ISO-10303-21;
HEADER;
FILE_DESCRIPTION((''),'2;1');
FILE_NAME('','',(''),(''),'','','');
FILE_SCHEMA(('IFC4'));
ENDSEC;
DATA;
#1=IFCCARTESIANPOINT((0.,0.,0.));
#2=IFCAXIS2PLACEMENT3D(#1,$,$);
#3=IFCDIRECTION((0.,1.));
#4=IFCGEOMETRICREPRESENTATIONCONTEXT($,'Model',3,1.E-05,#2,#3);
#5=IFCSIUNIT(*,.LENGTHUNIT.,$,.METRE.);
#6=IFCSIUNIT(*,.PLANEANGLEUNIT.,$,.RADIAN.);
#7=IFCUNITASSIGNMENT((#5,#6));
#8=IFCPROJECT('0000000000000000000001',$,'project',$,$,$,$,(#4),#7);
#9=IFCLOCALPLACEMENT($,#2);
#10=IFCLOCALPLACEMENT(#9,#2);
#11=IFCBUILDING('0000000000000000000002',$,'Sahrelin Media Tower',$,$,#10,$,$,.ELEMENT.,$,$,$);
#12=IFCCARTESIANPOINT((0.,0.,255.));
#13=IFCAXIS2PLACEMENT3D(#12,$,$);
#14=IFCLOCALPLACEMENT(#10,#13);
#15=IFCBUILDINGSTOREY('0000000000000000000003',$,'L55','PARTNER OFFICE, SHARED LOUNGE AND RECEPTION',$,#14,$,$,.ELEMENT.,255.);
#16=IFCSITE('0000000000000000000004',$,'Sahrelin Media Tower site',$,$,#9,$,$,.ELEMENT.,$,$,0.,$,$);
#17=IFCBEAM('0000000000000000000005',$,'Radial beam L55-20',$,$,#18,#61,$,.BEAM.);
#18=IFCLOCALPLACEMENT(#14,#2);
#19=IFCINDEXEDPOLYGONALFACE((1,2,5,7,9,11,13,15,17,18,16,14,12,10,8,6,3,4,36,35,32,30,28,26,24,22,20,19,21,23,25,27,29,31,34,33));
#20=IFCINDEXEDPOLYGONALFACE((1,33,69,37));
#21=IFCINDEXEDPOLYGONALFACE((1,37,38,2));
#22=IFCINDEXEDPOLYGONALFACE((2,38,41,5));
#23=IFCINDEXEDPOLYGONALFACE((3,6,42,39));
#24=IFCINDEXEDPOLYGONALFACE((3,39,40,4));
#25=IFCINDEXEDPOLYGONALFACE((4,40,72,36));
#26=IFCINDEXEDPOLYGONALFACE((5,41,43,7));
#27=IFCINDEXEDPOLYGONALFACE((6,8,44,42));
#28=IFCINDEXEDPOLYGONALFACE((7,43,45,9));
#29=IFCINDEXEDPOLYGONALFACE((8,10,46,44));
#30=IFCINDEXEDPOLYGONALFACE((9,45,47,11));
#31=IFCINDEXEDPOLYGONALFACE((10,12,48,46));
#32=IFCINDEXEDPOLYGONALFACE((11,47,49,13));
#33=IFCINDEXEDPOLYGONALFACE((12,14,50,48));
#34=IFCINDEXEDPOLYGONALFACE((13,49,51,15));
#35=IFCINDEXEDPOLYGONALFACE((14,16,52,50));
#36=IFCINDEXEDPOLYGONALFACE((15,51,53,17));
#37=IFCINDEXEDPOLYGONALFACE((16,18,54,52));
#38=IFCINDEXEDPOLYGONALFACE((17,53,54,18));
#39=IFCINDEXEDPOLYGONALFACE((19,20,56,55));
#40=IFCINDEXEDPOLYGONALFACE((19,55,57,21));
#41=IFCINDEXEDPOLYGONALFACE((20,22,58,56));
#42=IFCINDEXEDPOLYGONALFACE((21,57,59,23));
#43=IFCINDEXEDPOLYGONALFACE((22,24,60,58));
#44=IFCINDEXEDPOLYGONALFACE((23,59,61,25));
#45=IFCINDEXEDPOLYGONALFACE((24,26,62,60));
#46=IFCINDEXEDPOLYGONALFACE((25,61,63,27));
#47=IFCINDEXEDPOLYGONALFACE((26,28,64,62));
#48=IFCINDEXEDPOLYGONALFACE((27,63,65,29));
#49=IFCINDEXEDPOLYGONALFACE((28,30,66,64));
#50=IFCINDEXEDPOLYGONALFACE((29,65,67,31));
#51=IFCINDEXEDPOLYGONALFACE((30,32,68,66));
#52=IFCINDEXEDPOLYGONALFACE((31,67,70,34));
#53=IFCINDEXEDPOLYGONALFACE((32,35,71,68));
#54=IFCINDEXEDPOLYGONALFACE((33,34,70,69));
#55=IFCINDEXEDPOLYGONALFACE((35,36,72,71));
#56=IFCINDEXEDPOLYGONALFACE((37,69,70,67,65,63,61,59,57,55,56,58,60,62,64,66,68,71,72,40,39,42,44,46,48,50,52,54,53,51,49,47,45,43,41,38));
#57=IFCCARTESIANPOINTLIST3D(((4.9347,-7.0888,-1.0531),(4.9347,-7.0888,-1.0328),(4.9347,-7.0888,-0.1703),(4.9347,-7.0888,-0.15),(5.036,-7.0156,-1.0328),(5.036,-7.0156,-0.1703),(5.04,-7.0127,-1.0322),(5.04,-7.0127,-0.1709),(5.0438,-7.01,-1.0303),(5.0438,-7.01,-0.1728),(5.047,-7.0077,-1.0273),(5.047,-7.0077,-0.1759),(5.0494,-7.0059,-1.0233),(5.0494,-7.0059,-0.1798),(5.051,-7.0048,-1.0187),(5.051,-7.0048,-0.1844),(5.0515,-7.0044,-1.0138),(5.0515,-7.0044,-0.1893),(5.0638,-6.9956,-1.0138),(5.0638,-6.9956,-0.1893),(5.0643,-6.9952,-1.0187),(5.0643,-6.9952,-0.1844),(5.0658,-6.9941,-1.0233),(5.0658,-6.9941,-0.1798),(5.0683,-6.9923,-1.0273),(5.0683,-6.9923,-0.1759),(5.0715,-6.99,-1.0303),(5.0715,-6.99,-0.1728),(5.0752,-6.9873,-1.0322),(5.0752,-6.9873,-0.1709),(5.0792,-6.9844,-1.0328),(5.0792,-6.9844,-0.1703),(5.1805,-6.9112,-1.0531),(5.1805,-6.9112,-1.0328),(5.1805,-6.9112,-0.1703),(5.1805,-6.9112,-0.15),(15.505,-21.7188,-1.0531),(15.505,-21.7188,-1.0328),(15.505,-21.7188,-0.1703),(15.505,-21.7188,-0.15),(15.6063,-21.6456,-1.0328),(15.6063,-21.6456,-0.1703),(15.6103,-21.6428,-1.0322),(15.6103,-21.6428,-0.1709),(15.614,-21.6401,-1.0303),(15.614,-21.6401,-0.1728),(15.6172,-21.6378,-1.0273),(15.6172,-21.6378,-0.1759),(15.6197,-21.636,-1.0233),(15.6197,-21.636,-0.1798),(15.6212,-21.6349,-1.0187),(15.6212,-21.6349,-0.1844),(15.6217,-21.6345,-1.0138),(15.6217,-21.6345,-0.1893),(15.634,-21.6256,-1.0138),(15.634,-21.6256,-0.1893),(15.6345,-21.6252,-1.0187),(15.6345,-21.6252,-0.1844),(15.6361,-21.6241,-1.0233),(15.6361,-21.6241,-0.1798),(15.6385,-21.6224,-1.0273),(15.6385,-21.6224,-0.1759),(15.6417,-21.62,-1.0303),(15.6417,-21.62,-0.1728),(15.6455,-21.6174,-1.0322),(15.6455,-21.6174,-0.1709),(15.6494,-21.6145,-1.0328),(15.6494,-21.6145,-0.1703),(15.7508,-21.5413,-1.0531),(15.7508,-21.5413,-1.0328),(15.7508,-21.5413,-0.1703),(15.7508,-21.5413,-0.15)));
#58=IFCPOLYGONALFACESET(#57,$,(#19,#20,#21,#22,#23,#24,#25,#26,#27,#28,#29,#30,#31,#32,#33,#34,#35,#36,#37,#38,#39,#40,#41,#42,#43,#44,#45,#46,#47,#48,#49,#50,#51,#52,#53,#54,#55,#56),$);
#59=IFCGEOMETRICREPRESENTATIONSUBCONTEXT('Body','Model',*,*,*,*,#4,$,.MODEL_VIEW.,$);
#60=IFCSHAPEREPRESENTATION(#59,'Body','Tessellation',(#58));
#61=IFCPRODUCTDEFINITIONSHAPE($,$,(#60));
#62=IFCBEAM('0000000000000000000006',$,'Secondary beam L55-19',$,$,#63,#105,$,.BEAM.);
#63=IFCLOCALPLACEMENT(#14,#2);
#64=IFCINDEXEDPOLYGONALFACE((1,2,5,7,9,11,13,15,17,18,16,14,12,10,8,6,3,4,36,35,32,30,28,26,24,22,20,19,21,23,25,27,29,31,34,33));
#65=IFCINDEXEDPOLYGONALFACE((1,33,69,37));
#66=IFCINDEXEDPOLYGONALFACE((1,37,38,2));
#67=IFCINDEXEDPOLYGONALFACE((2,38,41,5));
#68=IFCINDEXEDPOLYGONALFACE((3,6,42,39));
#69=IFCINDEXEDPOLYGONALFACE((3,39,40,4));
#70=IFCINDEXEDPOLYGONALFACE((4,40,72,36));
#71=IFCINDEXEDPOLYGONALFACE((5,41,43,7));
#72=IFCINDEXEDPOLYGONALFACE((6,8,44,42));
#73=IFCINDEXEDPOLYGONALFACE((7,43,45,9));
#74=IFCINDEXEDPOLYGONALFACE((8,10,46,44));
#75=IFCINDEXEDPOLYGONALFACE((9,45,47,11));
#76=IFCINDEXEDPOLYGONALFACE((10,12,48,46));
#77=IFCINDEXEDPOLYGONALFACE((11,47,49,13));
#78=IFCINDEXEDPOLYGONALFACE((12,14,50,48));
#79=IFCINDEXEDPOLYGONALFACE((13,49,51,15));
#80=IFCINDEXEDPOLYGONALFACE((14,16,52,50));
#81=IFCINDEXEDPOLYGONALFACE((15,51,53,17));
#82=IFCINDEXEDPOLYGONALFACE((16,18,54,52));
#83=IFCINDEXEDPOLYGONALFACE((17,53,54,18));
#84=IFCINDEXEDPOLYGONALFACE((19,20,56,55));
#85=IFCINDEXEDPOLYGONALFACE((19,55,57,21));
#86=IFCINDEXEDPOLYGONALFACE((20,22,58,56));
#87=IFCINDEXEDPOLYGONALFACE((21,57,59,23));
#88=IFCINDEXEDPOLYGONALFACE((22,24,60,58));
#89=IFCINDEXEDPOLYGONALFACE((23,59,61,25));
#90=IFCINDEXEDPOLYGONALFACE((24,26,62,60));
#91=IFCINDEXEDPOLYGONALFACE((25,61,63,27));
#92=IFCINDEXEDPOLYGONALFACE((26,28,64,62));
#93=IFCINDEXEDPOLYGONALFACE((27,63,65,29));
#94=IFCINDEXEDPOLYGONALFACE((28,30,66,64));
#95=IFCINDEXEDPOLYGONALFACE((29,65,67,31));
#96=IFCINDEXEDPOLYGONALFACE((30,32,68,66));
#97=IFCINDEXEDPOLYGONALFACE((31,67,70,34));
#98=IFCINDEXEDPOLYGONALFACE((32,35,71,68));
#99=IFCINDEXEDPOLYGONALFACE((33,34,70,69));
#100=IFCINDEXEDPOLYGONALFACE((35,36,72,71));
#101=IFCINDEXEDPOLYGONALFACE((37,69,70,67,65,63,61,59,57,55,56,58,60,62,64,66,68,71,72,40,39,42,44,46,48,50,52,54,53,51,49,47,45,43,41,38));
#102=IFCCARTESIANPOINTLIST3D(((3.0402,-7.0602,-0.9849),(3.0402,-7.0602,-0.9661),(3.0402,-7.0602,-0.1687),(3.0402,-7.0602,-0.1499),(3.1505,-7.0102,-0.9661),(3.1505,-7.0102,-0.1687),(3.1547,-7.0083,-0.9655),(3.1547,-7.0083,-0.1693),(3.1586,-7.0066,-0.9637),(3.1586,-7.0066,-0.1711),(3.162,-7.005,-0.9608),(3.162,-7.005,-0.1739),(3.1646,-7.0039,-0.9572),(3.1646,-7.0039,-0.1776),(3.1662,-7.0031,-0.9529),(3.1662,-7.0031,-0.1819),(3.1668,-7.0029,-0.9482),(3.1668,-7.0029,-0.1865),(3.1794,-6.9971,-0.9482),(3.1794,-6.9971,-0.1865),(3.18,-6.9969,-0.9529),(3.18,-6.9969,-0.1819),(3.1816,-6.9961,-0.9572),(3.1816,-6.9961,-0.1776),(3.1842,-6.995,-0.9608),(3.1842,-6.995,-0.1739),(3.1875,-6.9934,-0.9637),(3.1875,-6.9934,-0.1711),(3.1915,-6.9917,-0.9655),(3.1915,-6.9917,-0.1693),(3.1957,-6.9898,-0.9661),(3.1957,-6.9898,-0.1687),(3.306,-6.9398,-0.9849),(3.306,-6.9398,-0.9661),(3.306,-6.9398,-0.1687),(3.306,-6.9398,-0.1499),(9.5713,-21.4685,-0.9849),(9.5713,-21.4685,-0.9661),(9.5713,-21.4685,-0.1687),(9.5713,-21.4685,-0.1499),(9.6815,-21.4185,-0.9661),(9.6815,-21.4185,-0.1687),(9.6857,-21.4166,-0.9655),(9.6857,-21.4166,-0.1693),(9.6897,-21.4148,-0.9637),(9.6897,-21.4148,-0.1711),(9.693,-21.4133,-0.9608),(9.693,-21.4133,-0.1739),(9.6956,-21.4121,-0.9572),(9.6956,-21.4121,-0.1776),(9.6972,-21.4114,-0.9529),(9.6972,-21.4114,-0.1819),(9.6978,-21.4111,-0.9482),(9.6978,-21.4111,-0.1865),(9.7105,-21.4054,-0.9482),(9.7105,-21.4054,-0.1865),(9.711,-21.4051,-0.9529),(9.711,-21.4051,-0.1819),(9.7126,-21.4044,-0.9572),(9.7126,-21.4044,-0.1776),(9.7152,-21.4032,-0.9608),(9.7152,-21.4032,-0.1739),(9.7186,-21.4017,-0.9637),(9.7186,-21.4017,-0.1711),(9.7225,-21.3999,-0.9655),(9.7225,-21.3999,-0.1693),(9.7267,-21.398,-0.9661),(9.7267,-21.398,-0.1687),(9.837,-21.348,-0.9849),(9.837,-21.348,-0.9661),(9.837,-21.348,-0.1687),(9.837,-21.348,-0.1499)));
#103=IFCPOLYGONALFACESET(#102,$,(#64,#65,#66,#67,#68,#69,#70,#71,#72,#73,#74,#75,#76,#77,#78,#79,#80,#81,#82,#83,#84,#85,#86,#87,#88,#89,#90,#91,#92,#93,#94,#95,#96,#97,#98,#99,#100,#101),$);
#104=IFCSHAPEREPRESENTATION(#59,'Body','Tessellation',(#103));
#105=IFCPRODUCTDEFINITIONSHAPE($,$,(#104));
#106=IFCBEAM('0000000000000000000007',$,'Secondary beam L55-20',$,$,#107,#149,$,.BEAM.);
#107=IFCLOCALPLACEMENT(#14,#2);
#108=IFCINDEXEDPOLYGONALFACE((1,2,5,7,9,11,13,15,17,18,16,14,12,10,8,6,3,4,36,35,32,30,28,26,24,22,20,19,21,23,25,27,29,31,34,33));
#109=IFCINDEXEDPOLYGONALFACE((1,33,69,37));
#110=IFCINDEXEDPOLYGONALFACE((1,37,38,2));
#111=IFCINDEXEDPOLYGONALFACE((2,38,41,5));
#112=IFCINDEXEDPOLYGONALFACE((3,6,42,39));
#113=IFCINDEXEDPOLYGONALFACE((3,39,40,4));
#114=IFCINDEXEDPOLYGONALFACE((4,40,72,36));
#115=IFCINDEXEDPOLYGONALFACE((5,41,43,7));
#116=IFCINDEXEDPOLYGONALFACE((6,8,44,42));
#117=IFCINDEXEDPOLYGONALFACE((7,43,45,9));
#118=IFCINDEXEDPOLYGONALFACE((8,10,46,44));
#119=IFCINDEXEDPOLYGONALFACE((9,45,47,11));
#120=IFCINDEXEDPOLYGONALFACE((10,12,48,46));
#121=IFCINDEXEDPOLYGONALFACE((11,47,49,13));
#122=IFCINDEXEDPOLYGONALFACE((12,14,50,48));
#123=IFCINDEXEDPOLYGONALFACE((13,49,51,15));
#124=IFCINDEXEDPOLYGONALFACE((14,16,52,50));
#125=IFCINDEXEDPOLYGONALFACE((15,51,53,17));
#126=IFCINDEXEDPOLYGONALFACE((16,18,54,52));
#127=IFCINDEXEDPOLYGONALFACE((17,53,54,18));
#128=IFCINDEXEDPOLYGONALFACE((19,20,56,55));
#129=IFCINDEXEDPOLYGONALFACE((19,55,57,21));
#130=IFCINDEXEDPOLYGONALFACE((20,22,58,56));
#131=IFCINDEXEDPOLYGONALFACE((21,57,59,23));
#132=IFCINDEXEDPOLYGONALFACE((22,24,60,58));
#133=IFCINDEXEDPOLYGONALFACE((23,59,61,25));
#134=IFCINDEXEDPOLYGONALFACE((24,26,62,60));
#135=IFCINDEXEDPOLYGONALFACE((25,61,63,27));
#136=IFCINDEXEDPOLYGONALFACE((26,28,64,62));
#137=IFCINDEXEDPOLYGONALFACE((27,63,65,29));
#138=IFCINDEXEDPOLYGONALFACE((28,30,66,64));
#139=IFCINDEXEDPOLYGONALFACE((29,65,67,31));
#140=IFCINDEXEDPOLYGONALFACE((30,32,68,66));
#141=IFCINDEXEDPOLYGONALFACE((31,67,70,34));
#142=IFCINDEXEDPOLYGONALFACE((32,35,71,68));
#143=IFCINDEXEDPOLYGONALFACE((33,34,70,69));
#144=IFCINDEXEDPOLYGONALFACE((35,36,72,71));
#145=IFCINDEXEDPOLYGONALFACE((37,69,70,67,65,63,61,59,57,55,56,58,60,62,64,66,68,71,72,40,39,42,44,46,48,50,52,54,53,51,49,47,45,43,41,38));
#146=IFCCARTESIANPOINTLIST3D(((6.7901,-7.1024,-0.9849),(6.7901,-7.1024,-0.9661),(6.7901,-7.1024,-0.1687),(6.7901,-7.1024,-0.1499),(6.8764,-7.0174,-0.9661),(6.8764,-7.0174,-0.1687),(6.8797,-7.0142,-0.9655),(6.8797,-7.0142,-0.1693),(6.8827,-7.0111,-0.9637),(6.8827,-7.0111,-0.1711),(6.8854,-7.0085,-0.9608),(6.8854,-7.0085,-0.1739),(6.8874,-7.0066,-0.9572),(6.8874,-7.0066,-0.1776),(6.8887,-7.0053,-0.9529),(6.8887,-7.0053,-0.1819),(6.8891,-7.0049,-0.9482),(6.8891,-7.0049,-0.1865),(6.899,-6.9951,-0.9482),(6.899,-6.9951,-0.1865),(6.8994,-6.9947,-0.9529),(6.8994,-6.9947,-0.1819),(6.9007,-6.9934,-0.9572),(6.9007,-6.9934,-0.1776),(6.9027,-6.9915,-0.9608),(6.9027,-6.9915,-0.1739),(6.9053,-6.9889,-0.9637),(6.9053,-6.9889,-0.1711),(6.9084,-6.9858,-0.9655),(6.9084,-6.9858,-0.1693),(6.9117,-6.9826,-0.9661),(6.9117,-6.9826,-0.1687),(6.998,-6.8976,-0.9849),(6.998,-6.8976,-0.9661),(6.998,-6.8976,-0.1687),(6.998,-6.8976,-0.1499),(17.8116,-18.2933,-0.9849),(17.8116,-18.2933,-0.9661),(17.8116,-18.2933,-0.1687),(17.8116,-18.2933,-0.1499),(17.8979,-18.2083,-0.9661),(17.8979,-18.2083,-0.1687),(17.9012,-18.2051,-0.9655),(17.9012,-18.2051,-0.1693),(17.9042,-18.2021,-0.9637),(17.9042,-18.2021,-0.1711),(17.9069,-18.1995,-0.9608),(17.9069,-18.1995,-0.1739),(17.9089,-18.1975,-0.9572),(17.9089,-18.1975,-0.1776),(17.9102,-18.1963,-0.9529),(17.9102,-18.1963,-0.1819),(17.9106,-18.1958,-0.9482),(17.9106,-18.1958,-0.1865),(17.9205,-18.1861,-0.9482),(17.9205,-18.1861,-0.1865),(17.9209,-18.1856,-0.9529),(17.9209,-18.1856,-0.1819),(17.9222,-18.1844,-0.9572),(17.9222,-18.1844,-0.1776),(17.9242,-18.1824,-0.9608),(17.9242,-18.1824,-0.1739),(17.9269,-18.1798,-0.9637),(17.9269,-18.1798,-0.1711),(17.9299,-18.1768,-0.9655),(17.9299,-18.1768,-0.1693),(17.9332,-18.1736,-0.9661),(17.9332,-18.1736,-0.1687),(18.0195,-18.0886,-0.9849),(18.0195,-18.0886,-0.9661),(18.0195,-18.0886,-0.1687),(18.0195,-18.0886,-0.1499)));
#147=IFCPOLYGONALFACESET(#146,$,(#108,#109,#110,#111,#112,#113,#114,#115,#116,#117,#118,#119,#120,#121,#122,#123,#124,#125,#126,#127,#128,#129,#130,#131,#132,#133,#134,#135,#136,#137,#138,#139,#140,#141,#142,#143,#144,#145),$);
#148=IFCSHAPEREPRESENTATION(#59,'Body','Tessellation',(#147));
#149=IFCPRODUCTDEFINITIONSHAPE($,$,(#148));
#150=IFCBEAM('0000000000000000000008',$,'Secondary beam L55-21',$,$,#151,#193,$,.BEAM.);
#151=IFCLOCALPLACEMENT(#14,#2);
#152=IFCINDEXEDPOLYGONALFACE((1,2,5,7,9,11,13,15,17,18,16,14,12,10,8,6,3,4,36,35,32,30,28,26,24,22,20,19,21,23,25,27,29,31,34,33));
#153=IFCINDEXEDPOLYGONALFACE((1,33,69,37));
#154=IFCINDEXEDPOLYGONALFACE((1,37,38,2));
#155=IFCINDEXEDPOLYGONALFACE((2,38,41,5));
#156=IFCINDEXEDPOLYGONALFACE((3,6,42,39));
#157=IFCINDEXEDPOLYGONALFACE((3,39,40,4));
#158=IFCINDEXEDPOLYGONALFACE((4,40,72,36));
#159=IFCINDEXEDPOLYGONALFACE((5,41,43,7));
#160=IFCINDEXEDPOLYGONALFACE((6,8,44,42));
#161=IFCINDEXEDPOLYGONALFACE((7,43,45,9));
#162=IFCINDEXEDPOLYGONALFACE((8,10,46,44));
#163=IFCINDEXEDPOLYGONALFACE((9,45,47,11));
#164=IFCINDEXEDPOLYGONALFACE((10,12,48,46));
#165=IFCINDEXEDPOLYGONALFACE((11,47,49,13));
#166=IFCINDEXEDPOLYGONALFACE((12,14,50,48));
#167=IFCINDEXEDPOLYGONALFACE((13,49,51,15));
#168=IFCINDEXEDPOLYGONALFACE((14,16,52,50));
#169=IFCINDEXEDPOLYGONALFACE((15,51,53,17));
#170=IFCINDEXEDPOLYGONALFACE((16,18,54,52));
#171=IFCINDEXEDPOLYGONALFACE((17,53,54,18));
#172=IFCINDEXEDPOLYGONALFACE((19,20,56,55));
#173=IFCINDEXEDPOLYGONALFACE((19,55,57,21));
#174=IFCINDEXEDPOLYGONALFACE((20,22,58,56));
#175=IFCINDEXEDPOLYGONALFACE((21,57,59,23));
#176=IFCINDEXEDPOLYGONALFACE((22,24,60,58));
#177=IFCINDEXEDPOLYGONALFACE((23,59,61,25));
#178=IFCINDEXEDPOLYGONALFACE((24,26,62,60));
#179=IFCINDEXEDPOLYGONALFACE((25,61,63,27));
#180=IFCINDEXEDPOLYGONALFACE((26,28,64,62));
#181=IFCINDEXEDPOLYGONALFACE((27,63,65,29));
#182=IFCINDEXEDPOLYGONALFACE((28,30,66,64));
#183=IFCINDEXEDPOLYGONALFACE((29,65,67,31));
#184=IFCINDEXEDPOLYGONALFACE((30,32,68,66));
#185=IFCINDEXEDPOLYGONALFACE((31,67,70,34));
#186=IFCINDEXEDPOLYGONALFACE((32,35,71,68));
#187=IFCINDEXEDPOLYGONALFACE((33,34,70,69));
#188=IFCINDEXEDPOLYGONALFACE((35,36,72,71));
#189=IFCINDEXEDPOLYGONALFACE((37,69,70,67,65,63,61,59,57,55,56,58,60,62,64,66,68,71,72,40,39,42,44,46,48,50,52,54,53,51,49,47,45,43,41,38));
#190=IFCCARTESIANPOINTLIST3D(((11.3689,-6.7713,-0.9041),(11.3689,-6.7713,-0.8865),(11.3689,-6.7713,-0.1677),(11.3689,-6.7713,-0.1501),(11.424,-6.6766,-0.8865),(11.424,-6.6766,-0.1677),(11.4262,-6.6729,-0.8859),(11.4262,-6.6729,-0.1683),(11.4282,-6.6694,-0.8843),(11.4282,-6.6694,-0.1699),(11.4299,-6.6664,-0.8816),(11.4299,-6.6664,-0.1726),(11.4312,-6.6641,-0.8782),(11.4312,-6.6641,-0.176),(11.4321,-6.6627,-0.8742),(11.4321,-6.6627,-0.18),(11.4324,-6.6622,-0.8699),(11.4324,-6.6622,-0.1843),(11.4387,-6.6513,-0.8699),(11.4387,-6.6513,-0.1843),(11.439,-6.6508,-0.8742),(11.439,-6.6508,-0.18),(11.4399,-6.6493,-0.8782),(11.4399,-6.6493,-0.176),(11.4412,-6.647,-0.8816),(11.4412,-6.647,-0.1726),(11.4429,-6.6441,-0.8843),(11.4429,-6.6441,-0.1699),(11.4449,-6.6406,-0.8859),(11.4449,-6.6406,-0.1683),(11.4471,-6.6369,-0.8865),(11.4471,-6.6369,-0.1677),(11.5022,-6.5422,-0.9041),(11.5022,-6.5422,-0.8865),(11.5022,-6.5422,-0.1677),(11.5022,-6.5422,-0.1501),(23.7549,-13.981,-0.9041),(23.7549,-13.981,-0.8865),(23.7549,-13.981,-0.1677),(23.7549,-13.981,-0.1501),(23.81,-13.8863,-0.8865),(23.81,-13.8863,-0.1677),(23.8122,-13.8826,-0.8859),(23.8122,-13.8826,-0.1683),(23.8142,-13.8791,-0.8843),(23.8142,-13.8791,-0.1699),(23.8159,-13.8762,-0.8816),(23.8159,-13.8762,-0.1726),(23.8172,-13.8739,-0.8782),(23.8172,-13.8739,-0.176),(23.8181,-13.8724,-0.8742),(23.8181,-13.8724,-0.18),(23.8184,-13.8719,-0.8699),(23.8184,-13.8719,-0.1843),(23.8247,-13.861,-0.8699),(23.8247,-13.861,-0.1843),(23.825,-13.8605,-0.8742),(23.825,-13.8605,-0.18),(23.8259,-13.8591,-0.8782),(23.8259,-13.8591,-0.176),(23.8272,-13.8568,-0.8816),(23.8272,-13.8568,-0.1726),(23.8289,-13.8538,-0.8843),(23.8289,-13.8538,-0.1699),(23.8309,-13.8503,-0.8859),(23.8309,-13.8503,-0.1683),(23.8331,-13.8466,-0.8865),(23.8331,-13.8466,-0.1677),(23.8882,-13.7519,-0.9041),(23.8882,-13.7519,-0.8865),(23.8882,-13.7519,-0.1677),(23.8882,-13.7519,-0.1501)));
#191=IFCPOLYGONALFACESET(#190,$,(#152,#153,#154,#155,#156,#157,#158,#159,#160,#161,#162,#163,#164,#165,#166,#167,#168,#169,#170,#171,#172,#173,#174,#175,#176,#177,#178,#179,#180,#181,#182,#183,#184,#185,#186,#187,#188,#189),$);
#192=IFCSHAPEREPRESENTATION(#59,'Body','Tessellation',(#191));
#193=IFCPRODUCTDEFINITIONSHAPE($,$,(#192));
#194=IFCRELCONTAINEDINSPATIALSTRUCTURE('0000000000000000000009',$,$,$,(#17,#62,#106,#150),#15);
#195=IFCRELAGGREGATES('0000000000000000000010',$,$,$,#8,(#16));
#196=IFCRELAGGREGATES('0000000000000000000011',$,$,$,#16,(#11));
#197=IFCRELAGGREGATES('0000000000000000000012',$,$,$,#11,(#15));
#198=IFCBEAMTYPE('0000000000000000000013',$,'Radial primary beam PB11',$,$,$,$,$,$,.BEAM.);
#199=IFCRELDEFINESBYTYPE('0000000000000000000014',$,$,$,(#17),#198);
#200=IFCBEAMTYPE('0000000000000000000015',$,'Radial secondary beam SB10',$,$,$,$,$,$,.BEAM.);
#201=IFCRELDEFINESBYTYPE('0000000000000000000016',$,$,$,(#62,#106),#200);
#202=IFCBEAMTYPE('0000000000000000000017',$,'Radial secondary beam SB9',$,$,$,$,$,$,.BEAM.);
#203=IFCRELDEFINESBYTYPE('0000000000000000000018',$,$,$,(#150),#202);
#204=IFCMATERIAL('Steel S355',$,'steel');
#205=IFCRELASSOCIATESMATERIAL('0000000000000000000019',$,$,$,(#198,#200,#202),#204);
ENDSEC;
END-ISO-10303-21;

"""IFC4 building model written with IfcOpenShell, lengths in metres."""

from ifc_helpers import new_model, si_unit, direction, frame, origin, origin_2d, place, context, subcontext, project, spatial, i_section, extrude, material, material_profile, profile_set, type_object, element, save


model = new_model("IFC4")

# Units and contexts
model_context = context("Model", 3, precision=1e-05, world=origin(), true_north=direction((0.0, 1.0)))
body_context = subcontext(model_context, "Body", "Model", "MODEL_VIEW")
ifc_project = project(units=[si_unit("LENGTHUNIT", "METRE"), si_unit("PLANEANGLEUNIT", "RADIAN")], contexts=[model_context])

# Site, building, storey
site_placement = place(None, origin())
site = spatial("IfcSite", under=ifc_project, at=site_placement, Name="Sahrelin Media Tower site", CompositionType="ELEMENT", RefElevation=0.0)
building_placement = place(site_placement, origin())
building = spatial("IfcBuilding", under=site, at=building_placement, Name="Sahrelin Media Tower", CompositionType="ELEMENT")
storey_placement = place(building_placement, frame((0.0, 0.0, 255.0)))
storey = spatial("IfcBuildingStorey", under=building, at=storey_placement, Name="L55", Description="PARTNER OFFICE, SHARED LOUNGE AND RECEPTION", CompositionType="ELEMENT", Elevation=255.0)

# Shared definitions
ifc_material_1 = material(Name="Steel S355", Category="steel")

# Beams
ifc_material_profile_1 = material_profile(ifc_material_1, i_section(OverallWidth=0.3032, OverallDepth=0.9031, WebThickness=0.0151, FlangeThickness=0.0203, FilletRadius=0.019, at=origin_2d()), Name="UB 914x305x201")
ifc_profile_set_1 = profile_set([ifc_material_profile_1], Name="Steel S355")
beam_type_1 = type_object("IfcBeamType", Name="Radial primary beam PB11", PredefinedType="BEAM", material=ifc_profile_set_1)
beam_1_placement = place(storey_placement, frame((5.0576, -7.0, -0.6016), z_axis=(0.58564, -0.810571, 0.0), x_axis=(0.810571, 0.58564, 0.0)))
element("IfcBeam", 1, at=beam_1_placement, inside=storey, type_object=beam_type_1, Name="Radial beam L55-20", PredefinedType="BEAM", context=body_context, shape_type="SweptSolid", body=[
    extrude(i_section(OverallWidth=0.3032, OverallDepth=0.9031, WebThickness=0.0151, FlangeThickness=0.0203, FilletRadius=0.019, at=origin_2d()), origin(), (0.0, 0.0, 1.0), 18.0491),
])
ifc_material_profile_2 = material_profile(ifc_material_1, i_section(OverallWidth=0.2917, OverallDepth=0.835, WebThickness=0.0139, FlangeThickness=0.0188, FilletRadius=0.0178, at=origin_2d()), Name="UB 838x292x176")
ifc_profile_set_2 = profile_set([ifc_material_profile_2], Name="Steel S355")
beam_type_2 = type_object("IfcBeamType", Name="Radial secondary beam SB10", PredefinedType="BEAM", material=ifc_profile_set_2)
beam_2_placement = place(storey_placement, frame((3.1731, -7.0, -0.5674), z_axis=(0.41285, -0.910799, 0.0), x_axis=(0.910799, 0.41285, 0.0)))
element("IfcBeam", 2, at=beam_2_placement, inside=storey, type_object=beam_type_2, Name="Secondary beam L55-19", PredefinedType="BEAM", context=body_context, shape_type="SweptSolid", body=[
    extrude(i_section(OverallWidth=0.2917, OverallDepth=0.835, WebThickness=0.0139, FlangeThickness=0.0188, FilletRadius=0.0178, at=origin_2d()), origin(), (0.0, 0.0, 1.0), 15.8193),
])
beam_3_placement = place(storey_placement, frame((6.894, -7.0, -0.5674), z_axis=(0.701693, -0.71248, 0.0), x_axis=(0.71248, 0.701693, 0.0)))
element("IfcBeam", 3, at=beam_3_placement, inside=storey, type_object=beam_type_2, Name="Secondary beam L55-20", PredefinedType="BEAM", context=body_context, shape_type="SweptSolid", body=[
    extrude(i_section(OverallWidth=0.2917, OverallDepth=0.835, WebThickness=0.0139, FlangeThickness=0.0188, FilletRadius=0.0178, at=origin_2d()), origin(), (0.0, 0.0, 1.0), 15.707),
])
ifc_material_profile_3 = material_profile(ifc_material_1, i_section(OverallWidth=0.2651, OverallDepth=0.7539, WebThickness=0.0127, FlangeThickness=0.0176, FilletRadius=0.0166, at=origin_2d()), Name="UB 762x267x147")
ifc_profile_set_3 = profile_set([ifc_material_profile_3], Name="Steel S355")
beam_type_3 = type_object("IfcBeamType", Name="Radial secondary beam SB9", PredefinedType="BEAM", material=ifc_profile_set_3)
beam_4_placement = place(storey_placement, frame((11.4355, -6.6567, -0.5271), z_axis=(0.864247, -0.503067, 0.0), x_axis=(0.503067, 0.864247, 0.0)))
element("IfcBeam", 4, at=beam_4_placement, inside=storey, type_object=beam_type_3, Name="Secondary beam L55-21", PredefinedType="BEAM", context=body_context, shape_type="SweptSolid", body=[
    extrude(i_section(OverallWidth=0.2651, OverallDepth=0.7539, WebThickness=0.0127, FlangeThickness=0.0176, FilletRadius=0.0166, at=origin_2d()), origin(), (0.0, 0.0, 1.0), 14.3315),
])

save(model, "model.ifc")
